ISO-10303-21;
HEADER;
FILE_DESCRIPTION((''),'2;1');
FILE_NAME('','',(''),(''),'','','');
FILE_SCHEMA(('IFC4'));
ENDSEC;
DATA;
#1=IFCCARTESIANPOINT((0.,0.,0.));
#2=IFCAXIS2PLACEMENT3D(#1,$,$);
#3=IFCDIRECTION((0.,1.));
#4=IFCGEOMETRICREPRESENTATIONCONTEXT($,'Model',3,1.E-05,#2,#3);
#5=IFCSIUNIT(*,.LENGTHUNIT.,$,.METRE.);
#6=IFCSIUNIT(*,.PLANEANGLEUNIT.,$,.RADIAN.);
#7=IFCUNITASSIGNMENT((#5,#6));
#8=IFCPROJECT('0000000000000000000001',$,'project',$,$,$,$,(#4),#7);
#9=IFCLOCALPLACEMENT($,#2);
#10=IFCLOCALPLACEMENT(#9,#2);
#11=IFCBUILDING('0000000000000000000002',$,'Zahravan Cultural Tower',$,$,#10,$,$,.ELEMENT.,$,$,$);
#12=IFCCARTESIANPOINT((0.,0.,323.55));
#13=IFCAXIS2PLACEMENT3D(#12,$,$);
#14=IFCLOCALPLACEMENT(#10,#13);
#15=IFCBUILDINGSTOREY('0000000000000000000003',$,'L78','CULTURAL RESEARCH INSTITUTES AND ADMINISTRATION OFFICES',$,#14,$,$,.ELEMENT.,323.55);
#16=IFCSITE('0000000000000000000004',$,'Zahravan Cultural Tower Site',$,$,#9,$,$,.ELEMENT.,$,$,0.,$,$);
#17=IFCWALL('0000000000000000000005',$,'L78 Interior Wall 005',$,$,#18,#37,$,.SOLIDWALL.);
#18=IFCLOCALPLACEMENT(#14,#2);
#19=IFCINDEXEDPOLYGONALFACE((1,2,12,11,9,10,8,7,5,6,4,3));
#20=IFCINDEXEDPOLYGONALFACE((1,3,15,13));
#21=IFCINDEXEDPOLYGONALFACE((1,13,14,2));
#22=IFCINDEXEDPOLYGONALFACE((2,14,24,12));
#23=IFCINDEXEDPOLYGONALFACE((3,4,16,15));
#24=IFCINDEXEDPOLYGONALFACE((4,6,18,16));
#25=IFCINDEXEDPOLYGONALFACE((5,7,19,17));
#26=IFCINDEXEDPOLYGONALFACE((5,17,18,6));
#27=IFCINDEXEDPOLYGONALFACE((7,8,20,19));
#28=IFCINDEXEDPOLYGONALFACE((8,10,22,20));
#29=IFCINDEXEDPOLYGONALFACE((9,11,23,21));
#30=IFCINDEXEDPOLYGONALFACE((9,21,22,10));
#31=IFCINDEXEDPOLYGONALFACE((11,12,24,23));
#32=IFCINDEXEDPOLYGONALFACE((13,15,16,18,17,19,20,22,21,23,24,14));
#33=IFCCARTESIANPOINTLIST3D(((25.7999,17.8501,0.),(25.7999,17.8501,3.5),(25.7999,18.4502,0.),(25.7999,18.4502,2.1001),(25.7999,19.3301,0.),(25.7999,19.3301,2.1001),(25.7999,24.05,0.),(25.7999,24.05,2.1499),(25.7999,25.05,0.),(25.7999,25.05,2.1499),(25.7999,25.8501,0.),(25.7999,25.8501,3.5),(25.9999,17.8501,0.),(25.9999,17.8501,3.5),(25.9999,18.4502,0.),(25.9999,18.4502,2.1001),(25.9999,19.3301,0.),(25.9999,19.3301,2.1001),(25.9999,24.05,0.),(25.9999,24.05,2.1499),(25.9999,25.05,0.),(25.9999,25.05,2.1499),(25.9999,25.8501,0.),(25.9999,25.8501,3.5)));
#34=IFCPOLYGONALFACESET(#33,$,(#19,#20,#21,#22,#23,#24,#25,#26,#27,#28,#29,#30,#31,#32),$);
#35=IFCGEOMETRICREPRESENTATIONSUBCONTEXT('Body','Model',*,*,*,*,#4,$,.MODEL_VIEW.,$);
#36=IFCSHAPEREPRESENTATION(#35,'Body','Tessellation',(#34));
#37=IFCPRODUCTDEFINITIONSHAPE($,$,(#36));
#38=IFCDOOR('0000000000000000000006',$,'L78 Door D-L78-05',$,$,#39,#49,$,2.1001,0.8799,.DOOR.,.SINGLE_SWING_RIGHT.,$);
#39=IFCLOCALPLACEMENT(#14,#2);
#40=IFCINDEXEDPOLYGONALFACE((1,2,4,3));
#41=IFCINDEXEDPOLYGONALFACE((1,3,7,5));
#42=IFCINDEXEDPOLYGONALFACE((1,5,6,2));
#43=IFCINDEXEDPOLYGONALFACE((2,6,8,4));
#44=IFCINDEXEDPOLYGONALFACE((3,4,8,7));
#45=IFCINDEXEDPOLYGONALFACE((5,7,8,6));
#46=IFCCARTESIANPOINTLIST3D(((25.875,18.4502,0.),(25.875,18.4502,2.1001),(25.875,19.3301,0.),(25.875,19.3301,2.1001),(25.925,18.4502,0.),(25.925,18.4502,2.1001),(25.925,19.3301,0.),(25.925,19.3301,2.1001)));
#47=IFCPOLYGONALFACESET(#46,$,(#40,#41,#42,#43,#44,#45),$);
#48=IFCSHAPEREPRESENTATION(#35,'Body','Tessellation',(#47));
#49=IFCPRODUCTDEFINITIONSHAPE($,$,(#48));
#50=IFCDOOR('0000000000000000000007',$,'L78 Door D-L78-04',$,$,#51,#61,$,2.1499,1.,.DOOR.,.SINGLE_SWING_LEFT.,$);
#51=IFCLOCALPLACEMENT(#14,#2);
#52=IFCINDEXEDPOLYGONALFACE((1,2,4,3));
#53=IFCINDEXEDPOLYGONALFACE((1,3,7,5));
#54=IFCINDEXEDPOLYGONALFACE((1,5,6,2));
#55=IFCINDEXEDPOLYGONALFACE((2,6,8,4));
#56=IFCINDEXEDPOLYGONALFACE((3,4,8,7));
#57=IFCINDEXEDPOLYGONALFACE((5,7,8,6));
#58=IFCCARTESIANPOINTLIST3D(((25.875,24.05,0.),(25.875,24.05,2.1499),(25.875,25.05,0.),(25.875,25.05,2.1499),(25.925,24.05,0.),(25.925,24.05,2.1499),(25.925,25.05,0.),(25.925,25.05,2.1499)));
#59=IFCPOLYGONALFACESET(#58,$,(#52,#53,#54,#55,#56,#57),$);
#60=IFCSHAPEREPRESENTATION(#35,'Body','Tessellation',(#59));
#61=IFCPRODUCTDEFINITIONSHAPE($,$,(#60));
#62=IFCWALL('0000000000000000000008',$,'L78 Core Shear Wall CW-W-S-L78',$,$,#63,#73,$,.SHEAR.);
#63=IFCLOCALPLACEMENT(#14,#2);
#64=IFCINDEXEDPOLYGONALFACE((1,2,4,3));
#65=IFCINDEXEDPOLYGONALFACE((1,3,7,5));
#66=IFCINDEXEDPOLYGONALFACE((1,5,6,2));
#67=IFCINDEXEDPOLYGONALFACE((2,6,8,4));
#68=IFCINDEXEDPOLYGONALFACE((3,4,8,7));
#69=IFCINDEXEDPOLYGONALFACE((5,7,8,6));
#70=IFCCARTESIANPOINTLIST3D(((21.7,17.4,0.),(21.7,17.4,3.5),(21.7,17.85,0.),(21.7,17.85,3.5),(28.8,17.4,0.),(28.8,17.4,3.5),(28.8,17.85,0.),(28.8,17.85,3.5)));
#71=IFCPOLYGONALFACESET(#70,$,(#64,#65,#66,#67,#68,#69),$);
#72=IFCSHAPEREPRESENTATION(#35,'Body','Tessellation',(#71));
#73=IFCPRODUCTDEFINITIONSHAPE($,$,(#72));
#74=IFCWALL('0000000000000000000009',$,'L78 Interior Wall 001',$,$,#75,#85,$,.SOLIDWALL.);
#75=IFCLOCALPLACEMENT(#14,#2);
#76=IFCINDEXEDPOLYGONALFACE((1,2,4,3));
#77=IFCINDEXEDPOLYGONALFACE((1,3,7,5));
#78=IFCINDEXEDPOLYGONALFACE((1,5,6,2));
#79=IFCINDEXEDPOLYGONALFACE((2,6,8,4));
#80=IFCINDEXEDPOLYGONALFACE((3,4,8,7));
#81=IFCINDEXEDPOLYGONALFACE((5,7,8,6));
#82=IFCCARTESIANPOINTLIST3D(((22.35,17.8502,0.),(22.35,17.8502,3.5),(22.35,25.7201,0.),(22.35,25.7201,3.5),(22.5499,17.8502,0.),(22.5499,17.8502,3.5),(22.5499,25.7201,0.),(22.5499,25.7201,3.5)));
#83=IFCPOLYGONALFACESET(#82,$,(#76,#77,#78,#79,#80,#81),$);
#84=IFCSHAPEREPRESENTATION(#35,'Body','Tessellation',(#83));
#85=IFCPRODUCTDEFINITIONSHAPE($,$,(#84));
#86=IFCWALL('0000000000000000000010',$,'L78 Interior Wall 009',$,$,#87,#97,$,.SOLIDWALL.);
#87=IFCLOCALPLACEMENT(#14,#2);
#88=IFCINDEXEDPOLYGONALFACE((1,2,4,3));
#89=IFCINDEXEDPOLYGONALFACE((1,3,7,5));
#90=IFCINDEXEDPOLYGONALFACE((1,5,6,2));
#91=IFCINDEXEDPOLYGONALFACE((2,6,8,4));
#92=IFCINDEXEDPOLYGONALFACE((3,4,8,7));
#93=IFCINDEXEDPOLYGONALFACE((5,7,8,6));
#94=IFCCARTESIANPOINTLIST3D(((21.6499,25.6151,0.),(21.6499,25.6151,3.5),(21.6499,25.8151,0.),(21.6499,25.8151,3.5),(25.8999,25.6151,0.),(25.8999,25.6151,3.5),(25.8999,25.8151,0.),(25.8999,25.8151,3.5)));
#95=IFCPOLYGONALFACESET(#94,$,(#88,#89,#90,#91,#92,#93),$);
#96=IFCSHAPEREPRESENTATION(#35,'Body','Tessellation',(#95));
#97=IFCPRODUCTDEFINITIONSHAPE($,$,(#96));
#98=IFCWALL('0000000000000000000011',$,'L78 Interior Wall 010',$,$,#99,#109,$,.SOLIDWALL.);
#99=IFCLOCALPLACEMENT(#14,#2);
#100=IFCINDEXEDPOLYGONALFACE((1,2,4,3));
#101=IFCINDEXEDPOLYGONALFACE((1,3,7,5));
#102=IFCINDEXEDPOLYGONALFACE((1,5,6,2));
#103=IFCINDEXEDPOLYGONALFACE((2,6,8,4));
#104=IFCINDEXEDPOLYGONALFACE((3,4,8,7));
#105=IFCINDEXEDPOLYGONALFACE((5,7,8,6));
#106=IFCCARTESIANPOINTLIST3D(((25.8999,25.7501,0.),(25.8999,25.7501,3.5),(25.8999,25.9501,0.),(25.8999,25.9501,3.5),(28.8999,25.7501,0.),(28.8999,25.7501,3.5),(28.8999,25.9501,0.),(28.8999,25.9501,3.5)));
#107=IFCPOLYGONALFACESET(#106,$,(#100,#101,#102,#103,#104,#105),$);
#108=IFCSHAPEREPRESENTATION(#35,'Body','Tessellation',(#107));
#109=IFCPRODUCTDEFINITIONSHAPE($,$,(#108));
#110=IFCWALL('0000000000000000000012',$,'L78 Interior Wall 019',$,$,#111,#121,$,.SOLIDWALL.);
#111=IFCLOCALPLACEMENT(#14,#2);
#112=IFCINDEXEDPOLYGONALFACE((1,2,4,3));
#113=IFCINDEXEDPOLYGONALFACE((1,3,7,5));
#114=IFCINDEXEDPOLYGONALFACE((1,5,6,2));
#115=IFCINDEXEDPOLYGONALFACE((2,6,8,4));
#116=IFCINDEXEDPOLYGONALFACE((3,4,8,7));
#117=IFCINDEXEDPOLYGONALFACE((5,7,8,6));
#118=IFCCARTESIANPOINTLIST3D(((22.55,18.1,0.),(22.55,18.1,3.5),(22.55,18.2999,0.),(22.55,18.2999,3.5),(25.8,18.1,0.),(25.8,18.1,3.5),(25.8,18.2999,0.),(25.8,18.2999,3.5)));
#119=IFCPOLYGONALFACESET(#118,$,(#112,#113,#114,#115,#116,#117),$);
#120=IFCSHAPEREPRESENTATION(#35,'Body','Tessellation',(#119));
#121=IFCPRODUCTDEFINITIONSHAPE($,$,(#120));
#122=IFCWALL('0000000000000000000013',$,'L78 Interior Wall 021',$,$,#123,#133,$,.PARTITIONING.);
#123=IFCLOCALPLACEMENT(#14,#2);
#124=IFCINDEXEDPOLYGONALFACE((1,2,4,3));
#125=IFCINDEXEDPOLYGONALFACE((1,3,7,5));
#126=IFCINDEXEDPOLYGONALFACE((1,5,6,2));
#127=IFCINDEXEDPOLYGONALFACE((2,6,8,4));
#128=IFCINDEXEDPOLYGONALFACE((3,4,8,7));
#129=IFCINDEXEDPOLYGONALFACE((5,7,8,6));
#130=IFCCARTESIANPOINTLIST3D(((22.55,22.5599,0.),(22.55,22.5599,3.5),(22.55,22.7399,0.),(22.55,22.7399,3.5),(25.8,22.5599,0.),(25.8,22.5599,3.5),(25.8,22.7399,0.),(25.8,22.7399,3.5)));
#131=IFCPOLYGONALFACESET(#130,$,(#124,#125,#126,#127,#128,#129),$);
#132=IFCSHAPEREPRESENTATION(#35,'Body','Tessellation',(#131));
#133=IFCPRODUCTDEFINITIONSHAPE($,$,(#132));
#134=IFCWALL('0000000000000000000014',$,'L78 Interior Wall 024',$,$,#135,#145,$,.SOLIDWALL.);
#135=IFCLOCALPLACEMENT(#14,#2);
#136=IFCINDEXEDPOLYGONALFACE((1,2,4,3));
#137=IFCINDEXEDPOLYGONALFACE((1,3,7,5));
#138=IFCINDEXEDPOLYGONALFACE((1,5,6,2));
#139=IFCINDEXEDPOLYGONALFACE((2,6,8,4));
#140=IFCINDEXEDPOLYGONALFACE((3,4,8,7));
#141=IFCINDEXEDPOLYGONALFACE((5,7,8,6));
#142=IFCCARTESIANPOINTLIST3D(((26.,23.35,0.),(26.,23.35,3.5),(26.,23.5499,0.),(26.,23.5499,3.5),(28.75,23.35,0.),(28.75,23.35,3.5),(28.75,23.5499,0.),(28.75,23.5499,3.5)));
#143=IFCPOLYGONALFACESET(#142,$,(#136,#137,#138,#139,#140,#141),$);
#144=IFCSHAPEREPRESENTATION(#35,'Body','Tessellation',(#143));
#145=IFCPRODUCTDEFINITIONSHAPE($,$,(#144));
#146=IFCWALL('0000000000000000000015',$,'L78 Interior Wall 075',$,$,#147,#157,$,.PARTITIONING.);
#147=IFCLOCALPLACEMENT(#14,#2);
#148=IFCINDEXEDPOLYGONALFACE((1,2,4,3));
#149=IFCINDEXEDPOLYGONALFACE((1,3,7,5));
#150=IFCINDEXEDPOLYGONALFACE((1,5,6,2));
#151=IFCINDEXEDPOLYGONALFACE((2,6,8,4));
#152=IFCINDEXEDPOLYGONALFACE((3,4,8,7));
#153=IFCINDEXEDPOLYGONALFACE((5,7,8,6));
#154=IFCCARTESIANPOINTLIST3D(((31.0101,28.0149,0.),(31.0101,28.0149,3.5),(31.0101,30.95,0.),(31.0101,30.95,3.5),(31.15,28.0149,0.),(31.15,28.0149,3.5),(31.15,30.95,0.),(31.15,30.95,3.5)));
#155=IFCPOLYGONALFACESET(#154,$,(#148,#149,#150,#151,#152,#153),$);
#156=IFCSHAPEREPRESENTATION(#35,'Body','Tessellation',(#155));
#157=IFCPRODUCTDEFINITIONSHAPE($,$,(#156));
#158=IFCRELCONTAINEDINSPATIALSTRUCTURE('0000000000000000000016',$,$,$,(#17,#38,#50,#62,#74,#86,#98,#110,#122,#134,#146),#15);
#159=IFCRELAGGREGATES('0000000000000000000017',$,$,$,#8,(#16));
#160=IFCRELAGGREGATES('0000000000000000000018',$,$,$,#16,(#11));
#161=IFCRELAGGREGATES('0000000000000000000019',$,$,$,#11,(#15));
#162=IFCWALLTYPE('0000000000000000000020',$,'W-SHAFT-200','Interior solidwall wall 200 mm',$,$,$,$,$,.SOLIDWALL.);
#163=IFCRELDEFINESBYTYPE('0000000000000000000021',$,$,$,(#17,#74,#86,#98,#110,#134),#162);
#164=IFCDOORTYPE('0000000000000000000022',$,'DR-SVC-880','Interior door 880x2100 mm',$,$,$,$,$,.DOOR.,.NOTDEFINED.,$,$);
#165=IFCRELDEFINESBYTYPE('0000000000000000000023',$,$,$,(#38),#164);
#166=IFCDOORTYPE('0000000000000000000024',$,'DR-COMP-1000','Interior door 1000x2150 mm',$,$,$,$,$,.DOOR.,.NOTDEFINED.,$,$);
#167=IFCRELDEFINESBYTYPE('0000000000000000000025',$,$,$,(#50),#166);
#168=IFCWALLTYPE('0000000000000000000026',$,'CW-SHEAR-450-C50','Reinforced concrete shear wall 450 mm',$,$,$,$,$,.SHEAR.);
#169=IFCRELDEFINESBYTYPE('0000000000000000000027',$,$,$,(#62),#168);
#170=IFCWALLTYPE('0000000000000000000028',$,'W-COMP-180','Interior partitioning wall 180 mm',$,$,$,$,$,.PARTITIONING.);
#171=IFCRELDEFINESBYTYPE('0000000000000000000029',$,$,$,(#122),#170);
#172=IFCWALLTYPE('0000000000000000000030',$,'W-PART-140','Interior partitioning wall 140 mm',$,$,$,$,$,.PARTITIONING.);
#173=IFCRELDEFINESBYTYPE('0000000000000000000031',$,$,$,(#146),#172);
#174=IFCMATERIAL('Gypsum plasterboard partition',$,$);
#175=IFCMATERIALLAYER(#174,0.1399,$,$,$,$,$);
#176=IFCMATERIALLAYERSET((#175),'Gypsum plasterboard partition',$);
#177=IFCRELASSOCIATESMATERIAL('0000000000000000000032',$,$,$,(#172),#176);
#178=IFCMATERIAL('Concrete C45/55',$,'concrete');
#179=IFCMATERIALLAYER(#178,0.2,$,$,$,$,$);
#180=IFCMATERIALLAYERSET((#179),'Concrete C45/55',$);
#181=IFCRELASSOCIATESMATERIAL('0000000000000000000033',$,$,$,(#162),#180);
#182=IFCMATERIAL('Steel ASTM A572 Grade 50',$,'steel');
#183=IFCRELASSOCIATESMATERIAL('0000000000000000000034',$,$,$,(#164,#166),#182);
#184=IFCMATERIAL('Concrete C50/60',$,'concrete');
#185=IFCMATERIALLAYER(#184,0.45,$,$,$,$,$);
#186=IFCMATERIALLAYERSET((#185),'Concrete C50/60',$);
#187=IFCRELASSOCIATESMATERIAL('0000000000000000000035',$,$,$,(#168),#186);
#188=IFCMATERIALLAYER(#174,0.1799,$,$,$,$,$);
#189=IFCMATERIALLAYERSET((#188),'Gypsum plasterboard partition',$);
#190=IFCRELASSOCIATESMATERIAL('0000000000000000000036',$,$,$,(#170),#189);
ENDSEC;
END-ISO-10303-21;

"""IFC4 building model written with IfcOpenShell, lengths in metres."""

from ifc_helpers import new_model, si_unit, direction, frame, frame_2d, origin, place, context, subcontext, project, spatial, rectangle, extrude, source, transform, mapped, material, layer, layer_set, type_object, element, fill, save


model = new_model("IFC4")

# Units and contexts
model_context = context("Model", 3, precision=1e-05, world=origin(), true_north=direction((0.0, 1.0)))
body_context = subcontext(model_context, "Body", "Model", "MODEL_VIEW")
ifc_project = project(units=[si_unit("LENGTHUNIT", "METRE"), si_unit("PLANEANGLEUNIT", "RADIAN")], contexts=[model_context])

# Site, building, storey
site_placement = place(None, origin())
site = spatial("IfcSite", under=ifc_project, at=site_placement, Name="Zahravan Cultural Tower Site", CompositionType="ELEMENT", RefElevation=0.0)
building_placement = place(site_placement, origin())
building = spatial("IfcBuilding", under=site, at=building_placement, Name="Zahravan Cultural Tower", CompositionType="ELEMENT")
storey_placement = place(building_placement, frame((0.0, 0.0, 323.55)))
storey = spatial("IfcBuildingStorey", under=building, at=storey_placement, Name="L78", Description="CULTURAL RESEARCH INSTITUTES AND ADMINISTRATION OFFICES", CompositionType="ELEMENT", Elevation=323.55)

# Shared definitions
ifc_material_1 = material(Name="Concrete C50/60", Category="concrete")

# Shared definitions
ifc_material_2 = material(Name="Gypsum plasterboard partition")
ifc_layer_1 = layer(ifc_material_2, 0.1399)
ifc_layer_set_1 = layer_set([ifc_layer_1], Name="Gypsum plasterboard partition")
wall_type_1 = type_object("IfcWallType", Name="W-PART-140", Description="Interior partitioning wall 140 mm", PredefinedType="PARTITIONING", material=ifc_layer_set_1)

# Wall, openings, doors
ifc_material_3 = material(Name="Concrete C45/55", Category="concrete")
ifc_layer_2 = layer(ifc_material_3, 0.2)
ifc_layer_set_2 = layer_set([ifc_layer_2], Name="Concrete C45/55")
wall_type_2 = type_object("IfcWallType", Name="W-SHAFT-200", Description="Interior solidwall wall 200 mm", PredefinedType="SOLIDWALL", material=ifc_layer_set_2)
wall_1_placement = place(storey_placement, frame((25.8999, 17.8501, 0.0), z_axis=(0.0, 0.0, 1.0), x_axis=(0.0, 1.0, 0.0)))
wall_1 = element("IfcWall", 1, at=wall_1_placement, inside=storey, type_object=wall_type_2, Name="L78 Interior Wall 005", PredefinedType="SOLIDWALL", context=body_context, shape_type="SweptSolid", body=[
    extrude(rectangle(XDim=8.0, YDim=0.2, at=frame_2d((4.0, 0.0))), origin(), (0.0, 0.0, 1.0), 3.5),
])
opening_1_placement = place(wall_1_placement, frame((6.2, 0.0, 0.0)))
opening_1 = element("IfcOpeningElement", 2, at=opening_1_placement, cuts=wall_1, PredefinedType="OPENING", context=body_context, shape_type="SweptSolid", body=[
    extrude(rectangle(XDim=1.0, YDim=2.1499, at=frame_2d((0.5, 1.075))), frame((0.0, 0.1099, 0.0), z_axis=(0.0, -1.0, 0.0), x_axis=(1.0, 0.0, 0.0)), (0.0, 0.0, 1.0), 0.22),
])
opening_2_placement = place(wall_1_placement, frame((0.6001, 0.0, 0.0)))
opening_2 = element("IfcOpeningElement", 3, at=opening_2_placement, cuts=wall_1, PredefinedType="OPENING", context=body_context, shape_type="SweptSolid", body=[
    extrude(rectangle(XDim=0.8799, YDim=2.1001, at=frame_2d((0.4399, 1.05))), frame((0.0, 0.1099, 0.0), z_axis=(0.0, -1.0, 0.0), x_axis=(1.0, 0.0, 0.0)), (0.0, 0.0, 1.0), 0.22),
])
ifc_material_4 = material(Name="Steel ASTM A572 Grade 50", Category="steel")
door_type_1 = type_object("IfcDoorType", Name="DR-SVC-880", Description="Interior door 880x2100 mm", OperationType="NOTDEFINED", PredefinedType="DOOR", material=ifc_material_4)
shared_shape_1 = source(origin(), body_context, "Body", "SweptSolid", [
    extrude(rectangle(XDim=0.8799, YDim=2.1001, at=frame_2d((0.4399, 1.05))), frame((0.0, 0.0249, 0.0), z_axis=(0.0, -1.0, 0.0), x_axis=(1.0, 0.0, 0.0)), (0.0, 0.0, 1.0), 0.05),
])
door_1_placement = place(opening_2_placement, origin())
door_1 = element("IfcDoor", 4, at=door_1_placement, inside=storey, type_object=door_type_1, Name="L78 Door D-L78-05", OperationType="SINGLE_SWING_RIGHT", OverallHeight=2.1001, OverallWidth=0.8799, PredefinedType="DOOR", context=body_context, shape_type="MappedRepresentation", body=[
    mapped(shared_shape_1, transform((0.0, 0.0, 0.0), x_axis=(1.0, 0.0, 0.0), y_axis=(0.0, 1.0, 0.0), z_axis=(0.0, 0.0, 1.0), scale=1.0)),
])
fill(opening_2, door_1)
door_type_2 = type_object("IfcDoorType", Name="DR-COMP-1000", Description="Interior door 1000x2150 mm", OperationType="NOTDEFINED", PredefinedType="DOOR", material=ifc_material_4)
shared_shape_2 = source(origin(), body_context, "Body", "SweptSolid", [
    extrude(rectangle(XDim=1.0, YDim=2.1499, at=frame_2d((0.5, 1.075))), frame((0.0, 0.0249, 0.0), z_axis=(0.0, -1.0, 0.0), x_axis=(1.0, 0.0, 0.0)), (0.0, 0.0, 1.0), 0.05),
])
door_2_placement = place(opening_1_placement, origin())
door_2 = element("IfcDoor", 5, at=door_2_placement, inside=storey, type_object=door_type_2, Name="L78 Door D-L78-04", OperationType="SINGLE_SWING_LEFT", OverallHeight=2.1499, OverallWidth=1.0, PredefinedType="DOOR", context=body_context, shape_type="MappedRepresentation", body=[
    mapped(shared_shape_2, transform((0.0, 0.0, 0.0), x_axis=(1.0, 0.0, 0.0), y_axis=(0.0, 1.0, 0.0), z_axis=(0.0, 0.0, 1.0), scale=1.0)),
])
fill(opening_1, door_2)

# Walls
ifc_layer_3 = layer(ifc_material_1, 0.45)
ifc_layer_set_3 = layer_set([ifc_layer_3], Name="Concrete C50/60")
wall_type_3 = type_object("IfcWallType", Name="CW-SHEAR-450-C50", Description="Reinforced concrete shear wall 450 mm", PredefinedType="SHEAR", material=ifc_layer_set_3)
shared_shape_3 = source(origin(), body_context, "Body", "SweptSolid", [
    extrude(rectangle(XDim=7.1001, YDim=0.45, at=frame_2d((3.55, 0.0))), origin(), (0.0, 0.0, 1.0), 3.5),
])
wall_2_placement = place(storey_placement, frame((21.7, 17.625, 0.0), z_axis=(0.0, 0.0, 1.0), x_axis=(1.0, 0.0, 0.0)))
element("IfcWall", 6, at=wall_2_placement, inside=storey, type_object=wall_type_3, Name="L78 Core Shear Wall CW-W-S-L78", PredefinedType="SHEAR", context=body_context, shape_type="MappedRepresentation", body=[
    mapped(shared_shape_3, transform((0.0, 0.0, 0.0), x_axis=(1.0, 0.0, 0.0), y_axis=(0.0, 1.0, 0.0), z_axis=(0.0, 0.0, 1.0), scale=1.0)),
])
shared_shape_4 = source(origin(), body_context, "Body", "SweptSolid", [
    extrude(rectangle(XDim=7.8699, YDim=0.2, at=frame_2d((3.9351, 0.0))), origin(), (0.0, 0.0, 1.0), 3.5),
])
wall_3_placement = place(storey_placement, frame((22.45, 17.8501, 0.0), z_axis=(0.0, 0.0, 1.0), x_axis=(0.0, 1.0, 0.0)))
element("IfcWall", 7, at=wall_3_placement, inside=storey, type_object=wall_type_2, Name="L78 Interior Wall 001", PredefinedType="SOLIDWALL", context=body_context, shape_type="MappedRepresentation", body=[
    mapped(shared_shape_4, transform((0.0, 0.0, 0.0), x_axis=(1.0, 0.0, 0.0), y_axis=(0.0, 1.0, 0.0), z_axis=(0.0, 0.0, 1.0), scale=1.0)),
])
shared_shape_5 = source(origin(), body_context, "Body", "SweptSolid", [
    extrude(rectangle(XDim=4.25, YDim=0.2, at=frame_2d((2.125, 0.0))), origin(), (0.0, 0.0, 1.0), 3.5),
])
wall_4_placement = place(storey_placement, frame((21.6499, 25.7151, 0.0), z_axis=(0.0, 0.0, 1.0), x_axis=(1.0, 0.0, 0.0)))
element("IfcWall", 8, at=wall_4_placement, inside=storey, type_object=wall_type_2, Name="L78 Interior Wall 009", PredefinedType="SOLIDWALL", context=body_context, shape_type="MappedRepresentation", body=[
    mapped(shared_shape_5, transform((0.0, 0.0, 0.0), x_axis=(1.0, 0.0, 0.0), y_axis=(0.0, 1.0, 0.0), z_axis=(0.0, 0.0, 1.0), scale=1.0)),
])
shared_shape_6 = source(origin(), body_context, "Body", "SweptSolid", [
    extrude(rectangle(XDim=3.0, YDim=0.2, at=frame_2d((1.5, 0.0))), origin(), (0.0, 0.0, 1.0), 3.5),
])
wall_5_placement = place(storey_placement, frame((25.8999, 25.8501, 0.0), z_axis=(0.0, 0.0, 1.0), x_axis=(1.0, 0.0, 0.0)))
element("IfcWall", 9, at=wall_5_placement, inside=storey, type_object=wall_type_2, Name="L78 Interior Wall 010", PredefinedType="SOLIDWALL", context=body_context, shape_type="MappedRepresentation", body=[
    mapped(shared_shape_6, transform((0.0, 0.0, 0.0), x_axis=(1.0, 0.0, 0.0), y_axis=(0.0, 1.0, 0.0), z_axis=(0.0, 0.0, 1.0), scale=1.0)),
])
shared_shape_7 = source(origin(), body_context, "Body", "SweptSolid", [
    extrude(rectangle(XDim=3.25, YDim=0.2, at=frame_2d((1.625, 0.0))), origin(), (0.0, 0.0, 1.0), 3.5),
])
wall_6_placement = place(storey_placement, frame((22.55, 18.2, 0.0), z_axis=(0.0, 0.0, 1.0), x_axis=(1.0, 0.0, 0.0)))
element("IfcWall", 10, at=wall_6_placement, inside=storey, type_object=wall_type_2, Name="L78 Interior Wall 019", PredefinedType="SOLIDWALL", context=body_context, shape_type="MappedRepresentation", body=[
    mapped(shared_shape_7, transform((0.0, 0.0, 0.0), x_axis=(1.0, 0.0, 0.0), y_axis=(0.0, 1.0, 0.0), z_axis=(0.0, 0.0, 1.0), scale=1.0)),
])
ifc_layer_4 = layer(ifc_material_2, 0.1799)
ifc_layer_set_4 = layer_set([ifc_layer_4], Name="Gypsum plasterboard partition")
wall_type_4 = type_object("IfcWallType", Name="W-COMP-180", Description="Interior partitioning wall 180 mm", PredefinedType="PARTITIONING", material=ifc_layer_set_4)
shared_shape_8 = source(origin(), body_context, "Body", "SweptSolid", [
    extrude(rectangle(XDim=3.25, YDim=0.1799, at=frame_2d((1.625, 0.0))), origin(), (0.0, 0.0, 1.0), 3.5),
])
wall_7_placement = place(storey_placement, frame((22.55, 22.6499, 0.0), z_axis=(0.0, 0.0, 1.0), x_axis=(1.0, 0.0, 0.0)))
element("IfcWall", 11, at=wall_7_placement, inside=storey, type_object=wall_type_4, Name="L78 Interior Wall 021", PredefinedType="PARTITIONING", context=body_context, shape_type="MappedRepresentation", body=[
    mapped(shared_shape_8, transform((0.0, 0.0, 0.0), x_axis=(1.0, 0.0, 0.0), y_axis=(0.0, 1.0, 0.0), z_axis=(0.0, 0.0, 1.0), scale=1.0)),
])
shared_shape_9 = source(origin(), body_context, "Body", "SweptSolid", [
    extrude(rectangle(XDim=2.75, YDim=0.2, at=frame_2d((1.375, 0.0))), origin(), (0.0, 0.0, 1.0), 3.5),
])
wall_8_placement = place(storey_placement, frame((26.0, 23.45, 0.0), z_axis=(0.0, 0.0, 1.0), x_axis=(1.0, 0.0, 0.0)))
element("IfcWall", 12, at=wall_8_placement, inside=storey, type_object=wall_type_2, Name="L78 Interior Wall 024", PredefinedType="SOLIDWALL", context=body_context, shape_type="MappedRepresentation", body=[
    mapped(shared_shape_9, transform((0.0, 0.0, 0.0), x_axis=(1.0, 0.0, 0.0), y_axis=(0.0, 1.0, 0.0), z_axis=(0.0, 0.0, 1.0), scale=1.0)),
])
shared_shape_10 = source(origin(), body_context, "Body", "SweptSolid", [
    extrude(rectangle(XDim=2.9351, YDim=0.1399, at=frame_2d((1.4675, 0.0))), origin(), (0.0, 0.0, 1.0), 3.5),
])
wall_9_placement = place(storey_placement, frame((31.0801, 28.0149, 0.0), z_axis=(0.0, 0.0, 1.0), x_axis=(0.0, 1.0, 0.0)))
element("IfcWall", 13, at=wall_9_placement, inside=storey, type_object=wall_type_1, Name="L78 Interior Wall 075", PredefinedType="PARTITIONING", context=body_context, shape_type="MappedRepresentation", body=[
    mapped(shared_shape_10, transform((0.0, 0.0, 0.0), x_axis=(1.0, 0.0, 0.0), y_axis=(0.0, 1.0, 0.0), z_axis=(0.0, 0.0, 1.0), scale=1.0)),
])

save(model, "model.ifc")
